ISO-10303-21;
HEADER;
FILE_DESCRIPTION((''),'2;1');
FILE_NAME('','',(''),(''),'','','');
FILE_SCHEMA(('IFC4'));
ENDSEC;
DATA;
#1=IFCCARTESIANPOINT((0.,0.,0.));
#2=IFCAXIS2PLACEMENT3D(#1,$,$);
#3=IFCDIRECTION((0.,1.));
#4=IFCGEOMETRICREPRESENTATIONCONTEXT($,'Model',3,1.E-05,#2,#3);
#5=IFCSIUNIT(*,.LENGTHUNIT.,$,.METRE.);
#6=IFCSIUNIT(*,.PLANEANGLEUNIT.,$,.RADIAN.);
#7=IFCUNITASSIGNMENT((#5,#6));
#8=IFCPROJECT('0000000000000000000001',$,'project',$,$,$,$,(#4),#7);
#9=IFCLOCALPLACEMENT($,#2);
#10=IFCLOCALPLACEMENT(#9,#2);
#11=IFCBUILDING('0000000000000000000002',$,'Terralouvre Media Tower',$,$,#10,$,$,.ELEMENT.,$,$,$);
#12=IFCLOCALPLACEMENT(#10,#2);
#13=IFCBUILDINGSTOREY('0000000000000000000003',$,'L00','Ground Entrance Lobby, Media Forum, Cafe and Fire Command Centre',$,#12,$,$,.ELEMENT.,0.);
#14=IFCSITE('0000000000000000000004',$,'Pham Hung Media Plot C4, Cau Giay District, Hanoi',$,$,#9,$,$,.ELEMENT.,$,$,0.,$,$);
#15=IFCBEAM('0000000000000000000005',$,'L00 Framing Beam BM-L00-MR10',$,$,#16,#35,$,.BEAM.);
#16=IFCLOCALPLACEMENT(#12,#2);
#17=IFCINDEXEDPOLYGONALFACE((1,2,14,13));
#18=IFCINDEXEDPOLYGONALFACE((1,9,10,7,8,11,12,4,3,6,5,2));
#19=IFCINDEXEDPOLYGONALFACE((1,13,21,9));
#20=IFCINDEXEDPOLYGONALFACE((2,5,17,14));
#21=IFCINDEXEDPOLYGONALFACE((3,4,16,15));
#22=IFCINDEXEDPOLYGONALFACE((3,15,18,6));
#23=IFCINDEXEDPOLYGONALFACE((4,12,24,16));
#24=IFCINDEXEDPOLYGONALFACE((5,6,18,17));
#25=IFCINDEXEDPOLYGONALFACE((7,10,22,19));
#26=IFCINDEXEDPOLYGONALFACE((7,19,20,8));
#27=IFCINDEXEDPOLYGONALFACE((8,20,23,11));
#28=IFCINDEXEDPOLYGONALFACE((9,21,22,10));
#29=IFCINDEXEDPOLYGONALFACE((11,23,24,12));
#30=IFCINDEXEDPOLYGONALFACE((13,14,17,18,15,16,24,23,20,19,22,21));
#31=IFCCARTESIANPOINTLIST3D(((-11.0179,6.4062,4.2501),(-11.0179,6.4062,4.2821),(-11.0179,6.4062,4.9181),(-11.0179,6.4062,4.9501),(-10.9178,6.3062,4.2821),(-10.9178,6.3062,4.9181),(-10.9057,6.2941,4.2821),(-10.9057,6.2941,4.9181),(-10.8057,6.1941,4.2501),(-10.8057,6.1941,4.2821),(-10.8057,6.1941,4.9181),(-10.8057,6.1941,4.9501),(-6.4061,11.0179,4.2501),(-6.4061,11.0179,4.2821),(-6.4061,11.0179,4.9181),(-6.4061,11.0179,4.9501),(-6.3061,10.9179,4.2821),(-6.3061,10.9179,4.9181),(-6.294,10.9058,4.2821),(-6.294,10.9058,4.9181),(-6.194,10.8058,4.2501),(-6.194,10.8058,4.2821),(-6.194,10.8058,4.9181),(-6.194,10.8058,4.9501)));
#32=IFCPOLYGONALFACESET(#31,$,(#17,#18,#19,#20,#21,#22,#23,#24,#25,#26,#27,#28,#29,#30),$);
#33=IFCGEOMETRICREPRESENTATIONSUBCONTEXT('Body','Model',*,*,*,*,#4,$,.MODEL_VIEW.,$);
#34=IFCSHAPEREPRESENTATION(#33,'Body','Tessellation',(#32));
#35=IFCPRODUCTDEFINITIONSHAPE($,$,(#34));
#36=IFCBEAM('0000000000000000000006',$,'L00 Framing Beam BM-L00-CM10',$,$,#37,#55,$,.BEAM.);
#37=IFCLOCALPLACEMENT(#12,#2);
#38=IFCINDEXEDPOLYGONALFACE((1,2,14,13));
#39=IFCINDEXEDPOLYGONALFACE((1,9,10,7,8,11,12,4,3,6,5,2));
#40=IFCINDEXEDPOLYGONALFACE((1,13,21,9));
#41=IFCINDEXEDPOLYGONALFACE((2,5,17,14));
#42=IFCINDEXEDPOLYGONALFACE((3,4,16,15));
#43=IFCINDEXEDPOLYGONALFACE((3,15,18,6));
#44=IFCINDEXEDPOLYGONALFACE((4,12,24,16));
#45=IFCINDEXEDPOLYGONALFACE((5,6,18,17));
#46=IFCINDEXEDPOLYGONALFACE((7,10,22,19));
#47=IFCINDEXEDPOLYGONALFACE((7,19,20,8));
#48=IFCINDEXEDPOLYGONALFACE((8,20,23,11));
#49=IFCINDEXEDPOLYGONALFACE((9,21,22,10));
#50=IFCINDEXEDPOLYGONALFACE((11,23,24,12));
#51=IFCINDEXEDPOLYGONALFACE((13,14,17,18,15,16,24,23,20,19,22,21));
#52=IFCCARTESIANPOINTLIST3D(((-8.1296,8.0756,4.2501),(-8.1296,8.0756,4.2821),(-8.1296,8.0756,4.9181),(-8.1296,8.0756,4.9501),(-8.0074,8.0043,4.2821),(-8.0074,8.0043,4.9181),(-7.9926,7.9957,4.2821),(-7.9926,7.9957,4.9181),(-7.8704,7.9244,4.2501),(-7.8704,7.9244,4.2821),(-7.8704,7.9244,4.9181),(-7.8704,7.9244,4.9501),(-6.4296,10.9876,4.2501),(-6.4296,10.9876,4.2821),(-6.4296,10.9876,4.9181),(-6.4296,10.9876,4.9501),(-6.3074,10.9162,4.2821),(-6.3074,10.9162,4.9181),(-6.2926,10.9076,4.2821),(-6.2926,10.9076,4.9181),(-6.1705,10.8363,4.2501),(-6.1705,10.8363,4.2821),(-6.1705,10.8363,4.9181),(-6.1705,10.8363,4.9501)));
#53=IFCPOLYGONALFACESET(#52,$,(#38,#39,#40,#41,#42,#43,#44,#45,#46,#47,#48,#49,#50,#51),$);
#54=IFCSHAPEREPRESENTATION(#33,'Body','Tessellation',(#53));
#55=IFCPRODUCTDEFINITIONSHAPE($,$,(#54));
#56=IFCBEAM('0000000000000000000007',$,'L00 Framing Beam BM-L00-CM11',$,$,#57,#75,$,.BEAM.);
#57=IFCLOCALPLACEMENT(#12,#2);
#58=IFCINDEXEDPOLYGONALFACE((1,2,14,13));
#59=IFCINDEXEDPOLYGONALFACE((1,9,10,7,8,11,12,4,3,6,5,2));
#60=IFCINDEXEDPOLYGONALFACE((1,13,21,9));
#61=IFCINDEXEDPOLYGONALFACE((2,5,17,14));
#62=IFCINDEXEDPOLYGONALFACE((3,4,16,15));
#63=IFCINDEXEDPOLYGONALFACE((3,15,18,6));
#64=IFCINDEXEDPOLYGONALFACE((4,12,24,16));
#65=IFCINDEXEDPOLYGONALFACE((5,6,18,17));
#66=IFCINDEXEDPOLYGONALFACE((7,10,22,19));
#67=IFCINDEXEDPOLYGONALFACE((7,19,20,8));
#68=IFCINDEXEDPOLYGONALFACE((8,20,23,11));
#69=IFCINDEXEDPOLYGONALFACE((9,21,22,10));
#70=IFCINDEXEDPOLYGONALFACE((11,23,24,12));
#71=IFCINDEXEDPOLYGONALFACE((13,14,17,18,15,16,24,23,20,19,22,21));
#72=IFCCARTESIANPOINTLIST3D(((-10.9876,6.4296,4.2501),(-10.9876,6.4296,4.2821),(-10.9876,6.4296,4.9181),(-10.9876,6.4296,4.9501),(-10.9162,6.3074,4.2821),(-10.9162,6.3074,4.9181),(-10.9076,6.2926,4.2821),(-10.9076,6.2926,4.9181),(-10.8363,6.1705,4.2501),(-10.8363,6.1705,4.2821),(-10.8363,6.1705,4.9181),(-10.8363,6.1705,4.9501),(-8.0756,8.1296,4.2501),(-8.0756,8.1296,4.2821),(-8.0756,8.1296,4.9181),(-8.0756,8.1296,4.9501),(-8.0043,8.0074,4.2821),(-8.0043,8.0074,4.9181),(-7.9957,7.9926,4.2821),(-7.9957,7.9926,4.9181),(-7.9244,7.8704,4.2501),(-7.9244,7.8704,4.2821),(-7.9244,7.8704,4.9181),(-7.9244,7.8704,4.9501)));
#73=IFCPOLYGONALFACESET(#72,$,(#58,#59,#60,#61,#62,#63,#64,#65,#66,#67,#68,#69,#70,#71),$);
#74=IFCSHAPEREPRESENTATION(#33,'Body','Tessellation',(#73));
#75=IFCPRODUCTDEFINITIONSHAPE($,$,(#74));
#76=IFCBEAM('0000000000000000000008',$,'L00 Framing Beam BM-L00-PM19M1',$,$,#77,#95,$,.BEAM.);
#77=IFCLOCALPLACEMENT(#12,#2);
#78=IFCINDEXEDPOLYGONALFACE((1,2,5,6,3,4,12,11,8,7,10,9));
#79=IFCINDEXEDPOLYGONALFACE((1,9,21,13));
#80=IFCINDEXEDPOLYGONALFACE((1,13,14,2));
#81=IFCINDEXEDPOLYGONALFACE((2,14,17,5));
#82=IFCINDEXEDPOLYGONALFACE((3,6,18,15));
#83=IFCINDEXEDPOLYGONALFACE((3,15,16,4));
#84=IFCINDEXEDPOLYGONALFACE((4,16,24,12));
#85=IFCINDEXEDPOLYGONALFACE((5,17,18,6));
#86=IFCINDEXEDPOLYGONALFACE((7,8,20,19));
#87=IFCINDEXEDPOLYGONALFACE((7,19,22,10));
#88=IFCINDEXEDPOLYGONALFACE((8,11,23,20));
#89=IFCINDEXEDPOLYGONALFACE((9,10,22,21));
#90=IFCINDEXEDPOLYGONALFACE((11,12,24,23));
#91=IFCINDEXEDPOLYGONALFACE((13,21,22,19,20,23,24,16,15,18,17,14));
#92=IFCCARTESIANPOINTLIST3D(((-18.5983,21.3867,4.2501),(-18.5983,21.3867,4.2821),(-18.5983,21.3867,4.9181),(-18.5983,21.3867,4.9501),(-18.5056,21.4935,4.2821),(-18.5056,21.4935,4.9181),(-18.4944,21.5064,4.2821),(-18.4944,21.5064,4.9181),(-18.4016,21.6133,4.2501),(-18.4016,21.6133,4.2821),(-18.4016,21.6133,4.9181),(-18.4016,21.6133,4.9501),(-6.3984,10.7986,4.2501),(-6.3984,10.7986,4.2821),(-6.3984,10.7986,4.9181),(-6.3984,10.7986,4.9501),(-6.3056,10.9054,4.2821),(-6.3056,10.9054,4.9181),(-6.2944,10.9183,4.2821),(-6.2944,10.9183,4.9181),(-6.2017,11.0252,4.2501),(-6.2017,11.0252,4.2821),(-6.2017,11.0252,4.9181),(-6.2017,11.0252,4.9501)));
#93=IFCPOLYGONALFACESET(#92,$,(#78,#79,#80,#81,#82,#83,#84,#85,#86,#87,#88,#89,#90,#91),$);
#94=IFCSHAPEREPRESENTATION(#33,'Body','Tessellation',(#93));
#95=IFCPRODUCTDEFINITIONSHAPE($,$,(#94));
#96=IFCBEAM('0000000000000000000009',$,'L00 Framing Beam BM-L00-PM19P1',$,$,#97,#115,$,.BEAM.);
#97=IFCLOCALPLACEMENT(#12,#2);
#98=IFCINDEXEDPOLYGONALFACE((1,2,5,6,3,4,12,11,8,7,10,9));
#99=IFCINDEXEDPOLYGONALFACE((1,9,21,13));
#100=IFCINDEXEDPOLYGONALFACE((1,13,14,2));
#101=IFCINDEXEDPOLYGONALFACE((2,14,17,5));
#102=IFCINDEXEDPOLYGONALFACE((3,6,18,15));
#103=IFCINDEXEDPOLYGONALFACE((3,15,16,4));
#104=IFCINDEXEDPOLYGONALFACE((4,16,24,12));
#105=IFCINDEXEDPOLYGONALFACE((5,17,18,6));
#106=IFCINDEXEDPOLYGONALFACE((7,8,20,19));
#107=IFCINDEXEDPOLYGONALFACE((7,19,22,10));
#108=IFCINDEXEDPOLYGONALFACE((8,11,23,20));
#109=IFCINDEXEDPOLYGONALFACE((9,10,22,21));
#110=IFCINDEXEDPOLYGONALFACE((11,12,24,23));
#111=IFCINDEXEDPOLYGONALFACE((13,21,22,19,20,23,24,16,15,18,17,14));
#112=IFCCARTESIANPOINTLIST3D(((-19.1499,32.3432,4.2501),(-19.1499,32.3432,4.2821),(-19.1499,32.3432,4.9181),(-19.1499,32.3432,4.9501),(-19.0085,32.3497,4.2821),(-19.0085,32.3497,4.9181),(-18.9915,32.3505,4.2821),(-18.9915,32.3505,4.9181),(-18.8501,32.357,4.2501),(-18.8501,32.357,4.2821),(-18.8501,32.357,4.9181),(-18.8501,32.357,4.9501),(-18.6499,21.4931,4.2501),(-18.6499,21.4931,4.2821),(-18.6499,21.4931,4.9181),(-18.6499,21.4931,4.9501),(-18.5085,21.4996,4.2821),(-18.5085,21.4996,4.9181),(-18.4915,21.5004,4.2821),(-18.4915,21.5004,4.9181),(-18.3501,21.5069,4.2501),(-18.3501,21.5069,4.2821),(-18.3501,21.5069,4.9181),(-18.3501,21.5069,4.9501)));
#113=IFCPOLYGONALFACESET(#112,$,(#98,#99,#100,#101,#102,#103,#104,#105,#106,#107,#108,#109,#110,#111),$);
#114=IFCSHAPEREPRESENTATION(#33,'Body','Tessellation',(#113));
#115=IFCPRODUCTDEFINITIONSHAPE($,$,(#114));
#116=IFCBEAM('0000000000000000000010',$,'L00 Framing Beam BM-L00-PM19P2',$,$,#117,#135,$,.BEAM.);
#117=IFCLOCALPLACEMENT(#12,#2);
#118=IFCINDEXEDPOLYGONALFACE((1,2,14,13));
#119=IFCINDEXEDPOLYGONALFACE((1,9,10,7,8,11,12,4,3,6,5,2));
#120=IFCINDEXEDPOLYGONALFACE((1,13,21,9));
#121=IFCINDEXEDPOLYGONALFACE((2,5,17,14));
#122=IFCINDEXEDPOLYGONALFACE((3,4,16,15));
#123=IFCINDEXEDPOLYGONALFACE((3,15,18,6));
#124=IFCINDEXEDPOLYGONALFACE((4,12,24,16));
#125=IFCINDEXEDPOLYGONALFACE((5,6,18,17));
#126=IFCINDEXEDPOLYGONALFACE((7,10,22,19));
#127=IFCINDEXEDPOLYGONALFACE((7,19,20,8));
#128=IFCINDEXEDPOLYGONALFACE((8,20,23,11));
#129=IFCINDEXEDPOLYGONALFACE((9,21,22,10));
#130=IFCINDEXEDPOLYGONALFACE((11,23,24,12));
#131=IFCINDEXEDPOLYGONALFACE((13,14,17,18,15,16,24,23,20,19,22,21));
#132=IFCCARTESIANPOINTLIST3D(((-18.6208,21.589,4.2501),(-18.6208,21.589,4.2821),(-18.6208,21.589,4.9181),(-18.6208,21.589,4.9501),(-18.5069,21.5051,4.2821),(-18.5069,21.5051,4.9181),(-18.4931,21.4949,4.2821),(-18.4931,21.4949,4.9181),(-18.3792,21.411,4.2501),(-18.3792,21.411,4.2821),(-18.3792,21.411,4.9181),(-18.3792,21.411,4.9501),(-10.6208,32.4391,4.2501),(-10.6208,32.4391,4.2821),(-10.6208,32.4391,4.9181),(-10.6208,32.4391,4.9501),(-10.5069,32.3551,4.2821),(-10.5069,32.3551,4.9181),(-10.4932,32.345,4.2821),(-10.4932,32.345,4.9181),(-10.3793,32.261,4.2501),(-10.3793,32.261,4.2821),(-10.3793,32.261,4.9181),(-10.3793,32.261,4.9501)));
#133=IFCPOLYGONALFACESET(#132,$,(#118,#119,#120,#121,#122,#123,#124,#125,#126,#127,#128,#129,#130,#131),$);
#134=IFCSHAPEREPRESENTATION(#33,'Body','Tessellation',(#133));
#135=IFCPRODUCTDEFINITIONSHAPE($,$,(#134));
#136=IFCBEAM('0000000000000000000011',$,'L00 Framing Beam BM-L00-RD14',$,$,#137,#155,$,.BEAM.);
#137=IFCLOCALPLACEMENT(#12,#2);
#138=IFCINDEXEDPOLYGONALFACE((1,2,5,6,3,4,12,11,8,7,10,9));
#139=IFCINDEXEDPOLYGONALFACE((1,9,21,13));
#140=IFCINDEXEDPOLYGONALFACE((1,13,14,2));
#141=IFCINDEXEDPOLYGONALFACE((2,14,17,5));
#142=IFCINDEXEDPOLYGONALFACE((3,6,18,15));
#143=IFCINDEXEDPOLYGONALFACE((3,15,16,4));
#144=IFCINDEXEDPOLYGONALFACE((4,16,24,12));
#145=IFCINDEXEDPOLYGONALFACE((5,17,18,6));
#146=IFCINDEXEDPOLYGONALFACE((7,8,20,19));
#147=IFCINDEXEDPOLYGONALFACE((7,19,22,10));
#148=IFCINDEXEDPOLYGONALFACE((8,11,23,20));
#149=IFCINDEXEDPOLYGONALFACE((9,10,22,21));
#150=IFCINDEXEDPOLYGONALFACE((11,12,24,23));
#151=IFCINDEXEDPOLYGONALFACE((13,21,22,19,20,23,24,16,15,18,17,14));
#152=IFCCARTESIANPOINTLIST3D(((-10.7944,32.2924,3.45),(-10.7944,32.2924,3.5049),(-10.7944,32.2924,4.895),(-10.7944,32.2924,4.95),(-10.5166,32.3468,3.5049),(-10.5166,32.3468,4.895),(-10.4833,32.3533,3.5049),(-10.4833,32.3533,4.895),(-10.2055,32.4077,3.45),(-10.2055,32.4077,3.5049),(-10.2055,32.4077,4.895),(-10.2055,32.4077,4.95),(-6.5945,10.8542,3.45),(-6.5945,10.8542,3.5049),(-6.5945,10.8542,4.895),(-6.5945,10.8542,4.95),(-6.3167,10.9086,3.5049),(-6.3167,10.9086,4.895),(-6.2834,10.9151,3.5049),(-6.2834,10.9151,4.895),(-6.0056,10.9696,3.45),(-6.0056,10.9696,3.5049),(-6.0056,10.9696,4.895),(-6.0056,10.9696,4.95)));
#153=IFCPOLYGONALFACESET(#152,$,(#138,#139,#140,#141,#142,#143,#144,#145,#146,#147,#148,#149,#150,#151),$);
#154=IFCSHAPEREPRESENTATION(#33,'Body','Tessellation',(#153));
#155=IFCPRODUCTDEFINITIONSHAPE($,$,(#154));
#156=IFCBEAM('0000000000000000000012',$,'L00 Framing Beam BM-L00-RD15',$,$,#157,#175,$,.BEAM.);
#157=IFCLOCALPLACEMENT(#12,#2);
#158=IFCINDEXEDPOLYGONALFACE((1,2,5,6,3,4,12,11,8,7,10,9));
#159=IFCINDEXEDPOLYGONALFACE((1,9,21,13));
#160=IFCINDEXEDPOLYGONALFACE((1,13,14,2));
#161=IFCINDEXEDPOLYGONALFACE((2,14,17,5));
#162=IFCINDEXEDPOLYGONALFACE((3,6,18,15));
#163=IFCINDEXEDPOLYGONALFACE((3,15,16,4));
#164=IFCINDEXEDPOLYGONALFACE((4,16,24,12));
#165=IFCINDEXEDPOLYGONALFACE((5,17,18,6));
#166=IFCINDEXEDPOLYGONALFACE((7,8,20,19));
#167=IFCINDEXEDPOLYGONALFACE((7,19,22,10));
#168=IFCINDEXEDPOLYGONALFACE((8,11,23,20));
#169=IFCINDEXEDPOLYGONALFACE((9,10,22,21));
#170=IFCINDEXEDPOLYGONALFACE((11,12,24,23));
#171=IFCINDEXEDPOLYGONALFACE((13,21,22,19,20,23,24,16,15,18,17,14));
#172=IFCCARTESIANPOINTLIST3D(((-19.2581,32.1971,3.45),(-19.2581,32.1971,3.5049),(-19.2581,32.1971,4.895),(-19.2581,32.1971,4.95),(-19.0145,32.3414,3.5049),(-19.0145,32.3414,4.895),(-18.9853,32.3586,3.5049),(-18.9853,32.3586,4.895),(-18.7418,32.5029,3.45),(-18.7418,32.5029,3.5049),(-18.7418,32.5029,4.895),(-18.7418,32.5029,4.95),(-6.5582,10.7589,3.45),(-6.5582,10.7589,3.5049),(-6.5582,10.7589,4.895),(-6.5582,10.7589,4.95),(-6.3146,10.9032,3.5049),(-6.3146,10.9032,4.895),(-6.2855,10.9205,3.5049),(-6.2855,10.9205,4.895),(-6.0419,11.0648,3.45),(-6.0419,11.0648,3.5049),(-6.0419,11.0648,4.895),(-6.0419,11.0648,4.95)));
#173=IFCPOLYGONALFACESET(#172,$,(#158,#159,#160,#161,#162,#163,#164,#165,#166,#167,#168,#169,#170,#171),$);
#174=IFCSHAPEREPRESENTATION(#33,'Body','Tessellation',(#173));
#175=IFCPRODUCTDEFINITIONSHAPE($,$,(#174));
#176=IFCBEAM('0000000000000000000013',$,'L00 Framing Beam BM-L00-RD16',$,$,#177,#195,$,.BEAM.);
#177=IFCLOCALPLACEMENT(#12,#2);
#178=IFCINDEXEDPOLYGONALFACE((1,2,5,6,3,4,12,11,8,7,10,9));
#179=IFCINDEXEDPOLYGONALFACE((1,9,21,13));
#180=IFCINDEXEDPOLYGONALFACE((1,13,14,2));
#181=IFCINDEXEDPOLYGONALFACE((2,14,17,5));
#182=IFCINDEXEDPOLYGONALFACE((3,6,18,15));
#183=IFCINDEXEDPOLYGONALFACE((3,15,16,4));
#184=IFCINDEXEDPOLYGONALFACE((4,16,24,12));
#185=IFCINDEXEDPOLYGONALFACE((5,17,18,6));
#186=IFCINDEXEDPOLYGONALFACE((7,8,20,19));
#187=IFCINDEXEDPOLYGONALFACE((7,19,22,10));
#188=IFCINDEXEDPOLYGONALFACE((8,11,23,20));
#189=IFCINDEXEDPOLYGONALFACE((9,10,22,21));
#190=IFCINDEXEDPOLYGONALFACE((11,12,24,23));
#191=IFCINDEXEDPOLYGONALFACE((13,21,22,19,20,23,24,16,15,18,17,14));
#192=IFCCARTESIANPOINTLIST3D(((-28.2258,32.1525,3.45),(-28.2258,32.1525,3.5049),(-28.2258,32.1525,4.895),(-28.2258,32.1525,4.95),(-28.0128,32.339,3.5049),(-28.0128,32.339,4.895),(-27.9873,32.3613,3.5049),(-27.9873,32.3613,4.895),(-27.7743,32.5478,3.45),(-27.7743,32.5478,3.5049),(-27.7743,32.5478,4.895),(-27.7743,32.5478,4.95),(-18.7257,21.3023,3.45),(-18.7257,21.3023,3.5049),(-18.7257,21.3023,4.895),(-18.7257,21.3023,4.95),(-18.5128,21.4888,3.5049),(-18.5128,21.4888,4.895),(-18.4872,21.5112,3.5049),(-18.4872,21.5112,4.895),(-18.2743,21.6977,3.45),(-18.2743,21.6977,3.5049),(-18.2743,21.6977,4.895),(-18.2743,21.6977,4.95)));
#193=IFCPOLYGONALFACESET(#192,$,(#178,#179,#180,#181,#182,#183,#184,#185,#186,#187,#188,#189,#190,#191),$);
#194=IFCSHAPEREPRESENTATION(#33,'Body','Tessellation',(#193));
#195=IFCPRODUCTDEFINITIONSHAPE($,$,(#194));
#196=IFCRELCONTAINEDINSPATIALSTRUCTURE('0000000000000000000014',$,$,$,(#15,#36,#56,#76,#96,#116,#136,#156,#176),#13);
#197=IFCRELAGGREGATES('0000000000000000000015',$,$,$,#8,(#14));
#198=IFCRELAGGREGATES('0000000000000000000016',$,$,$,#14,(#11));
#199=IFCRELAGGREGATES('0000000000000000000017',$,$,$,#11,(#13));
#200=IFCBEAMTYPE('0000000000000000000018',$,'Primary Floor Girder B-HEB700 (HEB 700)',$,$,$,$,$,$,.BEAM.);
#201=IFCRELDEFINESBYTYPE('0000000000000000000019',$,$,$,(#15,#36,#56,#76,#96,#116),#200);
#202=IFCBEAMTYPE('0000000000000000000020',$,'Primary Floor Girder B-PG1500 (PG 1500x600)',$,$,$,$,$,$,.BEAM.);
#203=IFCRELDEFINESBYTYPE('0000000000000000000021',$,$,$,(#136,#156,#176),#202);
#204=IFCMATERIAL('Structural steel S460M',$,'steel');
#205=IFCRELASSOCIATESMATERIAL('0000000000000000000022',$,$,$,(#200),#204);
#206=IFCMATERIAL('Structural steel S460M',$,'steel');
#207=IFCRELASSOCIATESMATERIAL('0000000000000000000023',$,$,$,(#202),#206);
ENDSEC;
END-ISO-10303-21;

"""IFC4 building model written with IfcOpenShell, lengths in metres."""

from ifc_helpers import new_model, si_unit, direction, frame, origin, origin_2d, place, context, subcontext, project, spatial, i_section, extrude, material, material_profile, profile_set, type_object, element, save


model = new_model("IFC4")

# Units and contexts
model_context = context("Model", 3, precision=1e-05, world=origin(), true_north=direction((0.0, 1.0)))
body_context = subcontext(model_context, "Body", "Model", "MODEL_VIEW")
ifc_project = project(units=[si_unit("LENGTHUNIT", "METRE"), si_unit("PLANEANGLEUNIT", "RADIAN")], contexts=[model_context])

# Site, building, storey
site_placement = place(None, origin())
site = spatial("IfcSite", under=ifc_project, at=site_placement, Name="Pham Hung Media Plot C4, Cau Giay District, Hanoi", CompositionType="ELEMENT", RefElevation=0.0)
building_placement = place(site_placement, origin())
building = spatial("IfcBuilding", under=site, at=building_placement, Name="Terralouvre Media Tower", CompositionType="ELEMENT")
storey_placement = place(building_placement, origin())
storey = spatial("IfcBuildingStorey", under=building, at=storey_placement, Name="L00", Description="Ground Entrance Lobby, Media Forum, Cafe and Fire Command Centre", CompositionType="ELEMENT", Elevation=0.0)

# Beams
ifc_material_1 = material(Name="Structural steel S460M", Category="steel")
ifc_material_profile_1 = material_profile(ifc_material_1, i_section(OverallWidth=0.3, OverallDepth=0.7, WebThickness=0.0171, FlangeThickness=0.032, at=origin_2d()), Name="HEB 700")
ifc_profile_set_1 = profile_set([ifc_material_profile_1], Name="Structural steel S460M")
beam_type_1 = type_object("IfcBeamType", Name="Primary Floor Girder B-HEB700 (HEB 700)", PredefinedType="BEAM", material=ifc_profile_set_1)
beam_1_placement = place(storey_placement, frame((-6.3, 10.9119, 4.6001), z_axis=(-0.707107, -0.707107, 0.0), x_axis=(0.707107, -0.707107, 0.0)))
element("IfcBeam", 1, at=beam_1_placement, inside=storey, type_object=beam_type_1, Name="L00 Framing Beam BM-L00-MR10", PredefinedType="BEAM", context=body_context, shape_type="SweptSolid", body=[
    extrude(i_section(OverallWidth=0.3, OverallDepth=0.7, WebThickness=0.0171, FlangeThickness=0.032, at=origin_2d()), origin(), (0.0, 0.0, 1.0), 6.522),
])
for number, where, z_axis, x_axis, name in (
    (2, (-8.0, 8.0, 4.6001), (0.504173, 0.863603, 0.0), (-0.863603, 0.504173, 0.0), "L00 Framing Beam BM-L00-CM10"),
    (3, (-8.0, 8.0, 4.6001), (-0.863603, -0.504173, 0.0), (0.504173, -0.863603, 0.0), "L00 Framing Beam BM-L00-CM11"),
):
    element("IfcBeam", number, at=place(storey_placement, frame(where, z_axis=z_axis, x_axis=x_axis)), inside=storey, type_object=beam_type_1, Name=name, PredefinedType="BEAM", context=body_context, shape_type="SweptSolid", body=[
        extrude(i_section(OverallWidth=0.3, OverallDepth=0.7, WebThickness=0.0171, FlangeThickness=0.032, at=origin_2d()), origin(), (0.0, 0.0, 1.0), 3.3718),
    ])
beam_2_placement = place(storey_placement, frame((-6.3, 10.9119, 4.6001), z_axis=(-0.755234, 0.655455, 0.0), x_axis=(-0.655455, -0.755234, 0.0)))
element("IfcBeam", 4, at=beam_2_placement, inside=storey, type_object=beam_type_1, Name="L00 Framing Beam BM-L00-PM19M1", PredefinedType="BEAM", context=body_context, shape_type="SweptSolid", body=[
    extrude(i_section(OverallWidth=0.3, OverallDepth=0.7, WebThickness=0.0171, FlangeThickness=0.032, at=origin_2d()), origin(), (0.0, 0.0, 1.0), 16.1538),
])
beam_3_placement = place(storey_placement, frame((-18.5, 21.5, 4.6001), z_axis=(-0.046034, 0.99894, 0.0), x_axis=(-0.99894, -0.046034, 0.0)))
element("IfcBeam", 5, at=beam_3_placement, inside=storey, type_object=beam_type_1, Name="L00 Framing Beam BM-L00-PM19P1", PredefinedType="BEAM", context=body_context, shape_type="SweptSolid", body=[
    extrude(i_section(OverallWidth=0.3, OverallDepth=0.7, WebThickness=0.0171, FlangeThickness=0.032, at=origin_2d()), origin(), (0.0, 0.0, 1.0), 10.8616),
])
beam_4_placement = place(storey_placement, frame((-18.5, 21.5, 4.6001), z_axis=(0.593449, 0.804872, 0.0), x_axis=(-0.804872, 0.593449, 0.0)))
element("IfcBeam", 6, at=beam_4_placement, inside=storey, type_object=beam_type_1, Name="L00 Framing Beam BM-L00-PM19P2", PredefinedType="BEAM", context=body_context, shape_type="SweptSolid", body=[
    extrude(i_section(OverallWidth=0.3, OverallDepth=0.7, WebThickness=0.0171, FlangeThickness=0.032, at=origin_2d()), origin(), (0.0, 0.0, 1.0), 13.4805),
])
ifc_material_2 = material(Name="Structural steel S460M", Category="steel")
ifc_material_profile_2 = material_profile(ifc_material_2, i_section(OverallWidth=0.6001, OverallDepth=1.5, WebThickness=0.0339, FlangeThickness=0.0549, at=origin_2d()), Name="PG 1500x600")
ifc_profile_set_2 = profile_set([ifc_material_profile_2], Name="Structural steel S460M")
beam_type_2 = type_object("IfcBeamType", Name="Primary Floor Girder B-PG1500 (PG 1500x600)", PredefinedType="BEAM", material=ifc_profile_set_2)
beam_5_placement = place(storey_placement, frame((-6.3, 10.9119, 4.2), z_axis=(-0.192255, 0.981345, 0.0), x_axis=(-0.981345, -0.192255, 0.0)))
element("IfcBeam", 7, at=beam_5_placement, inside=storey, type_object=beam_type_2, Name="L00 Framing Beam BM-L00-RD14", PredefinedType="BEAM", context=body_context, shape_type="SweptSolid", body=[
    extrude(i_section(OverallWidth=0.6001, OverallDepth=1.5, WebThickness=0.0339, FlangeThickness=0.0549, at=origin_2d()), origin(), (0.0, 0.0, 1.0), 21.8457),
])
beam_6_placement = place(storey_placement, frame((-6.3, 10.9119, 4.2), z_axis=(-0.509678, 0.860365, 0.0), x_axis=(-0.860365, -0.509678, 0.0)))
element("IfcBeam", 8, at=beam_6_placement, inside=storey, type_object=beam_type_2, Name="L00 Framing Beam BM-L00-RD15", PredefinedType="BEAM", context=body_context, shape_type="SweptSolid", body=[
    extrude(i_section(OverallWidth=0.6001, OverallDepth=1.5, WebThickness=0.0339, FlangeThickness=0.0549, at=origin_2d()), origin(), (0.0, 0.0, 1.0), 24.9175),
])
beam_7_placement = place(storey_placement, frame((-18.5, 21.5, 4.2), z_axis=(-0.658747, 0.752365, 0.0), x_axis=(-0.752365, -0.658747, 0.0)))
element("IfcBeam", 9, at=beam_7_placement, inside=storey, type_object=beam_type_2, Name="L00 Framing Beam BM-L00-RD16", PredefinedType="BEAM", context=body_context, shape_type="SweptSolid", body=[
    extrude(i_section(OverallWidth=0.6001, OverallDepth=1.5, WebThickness=0.0339, FlangeThickness=0.0549, at=origin_2d()), origin(), (0.0, 0.0, 1.0), 14.4214),
])

save(model, "model.ifc")
